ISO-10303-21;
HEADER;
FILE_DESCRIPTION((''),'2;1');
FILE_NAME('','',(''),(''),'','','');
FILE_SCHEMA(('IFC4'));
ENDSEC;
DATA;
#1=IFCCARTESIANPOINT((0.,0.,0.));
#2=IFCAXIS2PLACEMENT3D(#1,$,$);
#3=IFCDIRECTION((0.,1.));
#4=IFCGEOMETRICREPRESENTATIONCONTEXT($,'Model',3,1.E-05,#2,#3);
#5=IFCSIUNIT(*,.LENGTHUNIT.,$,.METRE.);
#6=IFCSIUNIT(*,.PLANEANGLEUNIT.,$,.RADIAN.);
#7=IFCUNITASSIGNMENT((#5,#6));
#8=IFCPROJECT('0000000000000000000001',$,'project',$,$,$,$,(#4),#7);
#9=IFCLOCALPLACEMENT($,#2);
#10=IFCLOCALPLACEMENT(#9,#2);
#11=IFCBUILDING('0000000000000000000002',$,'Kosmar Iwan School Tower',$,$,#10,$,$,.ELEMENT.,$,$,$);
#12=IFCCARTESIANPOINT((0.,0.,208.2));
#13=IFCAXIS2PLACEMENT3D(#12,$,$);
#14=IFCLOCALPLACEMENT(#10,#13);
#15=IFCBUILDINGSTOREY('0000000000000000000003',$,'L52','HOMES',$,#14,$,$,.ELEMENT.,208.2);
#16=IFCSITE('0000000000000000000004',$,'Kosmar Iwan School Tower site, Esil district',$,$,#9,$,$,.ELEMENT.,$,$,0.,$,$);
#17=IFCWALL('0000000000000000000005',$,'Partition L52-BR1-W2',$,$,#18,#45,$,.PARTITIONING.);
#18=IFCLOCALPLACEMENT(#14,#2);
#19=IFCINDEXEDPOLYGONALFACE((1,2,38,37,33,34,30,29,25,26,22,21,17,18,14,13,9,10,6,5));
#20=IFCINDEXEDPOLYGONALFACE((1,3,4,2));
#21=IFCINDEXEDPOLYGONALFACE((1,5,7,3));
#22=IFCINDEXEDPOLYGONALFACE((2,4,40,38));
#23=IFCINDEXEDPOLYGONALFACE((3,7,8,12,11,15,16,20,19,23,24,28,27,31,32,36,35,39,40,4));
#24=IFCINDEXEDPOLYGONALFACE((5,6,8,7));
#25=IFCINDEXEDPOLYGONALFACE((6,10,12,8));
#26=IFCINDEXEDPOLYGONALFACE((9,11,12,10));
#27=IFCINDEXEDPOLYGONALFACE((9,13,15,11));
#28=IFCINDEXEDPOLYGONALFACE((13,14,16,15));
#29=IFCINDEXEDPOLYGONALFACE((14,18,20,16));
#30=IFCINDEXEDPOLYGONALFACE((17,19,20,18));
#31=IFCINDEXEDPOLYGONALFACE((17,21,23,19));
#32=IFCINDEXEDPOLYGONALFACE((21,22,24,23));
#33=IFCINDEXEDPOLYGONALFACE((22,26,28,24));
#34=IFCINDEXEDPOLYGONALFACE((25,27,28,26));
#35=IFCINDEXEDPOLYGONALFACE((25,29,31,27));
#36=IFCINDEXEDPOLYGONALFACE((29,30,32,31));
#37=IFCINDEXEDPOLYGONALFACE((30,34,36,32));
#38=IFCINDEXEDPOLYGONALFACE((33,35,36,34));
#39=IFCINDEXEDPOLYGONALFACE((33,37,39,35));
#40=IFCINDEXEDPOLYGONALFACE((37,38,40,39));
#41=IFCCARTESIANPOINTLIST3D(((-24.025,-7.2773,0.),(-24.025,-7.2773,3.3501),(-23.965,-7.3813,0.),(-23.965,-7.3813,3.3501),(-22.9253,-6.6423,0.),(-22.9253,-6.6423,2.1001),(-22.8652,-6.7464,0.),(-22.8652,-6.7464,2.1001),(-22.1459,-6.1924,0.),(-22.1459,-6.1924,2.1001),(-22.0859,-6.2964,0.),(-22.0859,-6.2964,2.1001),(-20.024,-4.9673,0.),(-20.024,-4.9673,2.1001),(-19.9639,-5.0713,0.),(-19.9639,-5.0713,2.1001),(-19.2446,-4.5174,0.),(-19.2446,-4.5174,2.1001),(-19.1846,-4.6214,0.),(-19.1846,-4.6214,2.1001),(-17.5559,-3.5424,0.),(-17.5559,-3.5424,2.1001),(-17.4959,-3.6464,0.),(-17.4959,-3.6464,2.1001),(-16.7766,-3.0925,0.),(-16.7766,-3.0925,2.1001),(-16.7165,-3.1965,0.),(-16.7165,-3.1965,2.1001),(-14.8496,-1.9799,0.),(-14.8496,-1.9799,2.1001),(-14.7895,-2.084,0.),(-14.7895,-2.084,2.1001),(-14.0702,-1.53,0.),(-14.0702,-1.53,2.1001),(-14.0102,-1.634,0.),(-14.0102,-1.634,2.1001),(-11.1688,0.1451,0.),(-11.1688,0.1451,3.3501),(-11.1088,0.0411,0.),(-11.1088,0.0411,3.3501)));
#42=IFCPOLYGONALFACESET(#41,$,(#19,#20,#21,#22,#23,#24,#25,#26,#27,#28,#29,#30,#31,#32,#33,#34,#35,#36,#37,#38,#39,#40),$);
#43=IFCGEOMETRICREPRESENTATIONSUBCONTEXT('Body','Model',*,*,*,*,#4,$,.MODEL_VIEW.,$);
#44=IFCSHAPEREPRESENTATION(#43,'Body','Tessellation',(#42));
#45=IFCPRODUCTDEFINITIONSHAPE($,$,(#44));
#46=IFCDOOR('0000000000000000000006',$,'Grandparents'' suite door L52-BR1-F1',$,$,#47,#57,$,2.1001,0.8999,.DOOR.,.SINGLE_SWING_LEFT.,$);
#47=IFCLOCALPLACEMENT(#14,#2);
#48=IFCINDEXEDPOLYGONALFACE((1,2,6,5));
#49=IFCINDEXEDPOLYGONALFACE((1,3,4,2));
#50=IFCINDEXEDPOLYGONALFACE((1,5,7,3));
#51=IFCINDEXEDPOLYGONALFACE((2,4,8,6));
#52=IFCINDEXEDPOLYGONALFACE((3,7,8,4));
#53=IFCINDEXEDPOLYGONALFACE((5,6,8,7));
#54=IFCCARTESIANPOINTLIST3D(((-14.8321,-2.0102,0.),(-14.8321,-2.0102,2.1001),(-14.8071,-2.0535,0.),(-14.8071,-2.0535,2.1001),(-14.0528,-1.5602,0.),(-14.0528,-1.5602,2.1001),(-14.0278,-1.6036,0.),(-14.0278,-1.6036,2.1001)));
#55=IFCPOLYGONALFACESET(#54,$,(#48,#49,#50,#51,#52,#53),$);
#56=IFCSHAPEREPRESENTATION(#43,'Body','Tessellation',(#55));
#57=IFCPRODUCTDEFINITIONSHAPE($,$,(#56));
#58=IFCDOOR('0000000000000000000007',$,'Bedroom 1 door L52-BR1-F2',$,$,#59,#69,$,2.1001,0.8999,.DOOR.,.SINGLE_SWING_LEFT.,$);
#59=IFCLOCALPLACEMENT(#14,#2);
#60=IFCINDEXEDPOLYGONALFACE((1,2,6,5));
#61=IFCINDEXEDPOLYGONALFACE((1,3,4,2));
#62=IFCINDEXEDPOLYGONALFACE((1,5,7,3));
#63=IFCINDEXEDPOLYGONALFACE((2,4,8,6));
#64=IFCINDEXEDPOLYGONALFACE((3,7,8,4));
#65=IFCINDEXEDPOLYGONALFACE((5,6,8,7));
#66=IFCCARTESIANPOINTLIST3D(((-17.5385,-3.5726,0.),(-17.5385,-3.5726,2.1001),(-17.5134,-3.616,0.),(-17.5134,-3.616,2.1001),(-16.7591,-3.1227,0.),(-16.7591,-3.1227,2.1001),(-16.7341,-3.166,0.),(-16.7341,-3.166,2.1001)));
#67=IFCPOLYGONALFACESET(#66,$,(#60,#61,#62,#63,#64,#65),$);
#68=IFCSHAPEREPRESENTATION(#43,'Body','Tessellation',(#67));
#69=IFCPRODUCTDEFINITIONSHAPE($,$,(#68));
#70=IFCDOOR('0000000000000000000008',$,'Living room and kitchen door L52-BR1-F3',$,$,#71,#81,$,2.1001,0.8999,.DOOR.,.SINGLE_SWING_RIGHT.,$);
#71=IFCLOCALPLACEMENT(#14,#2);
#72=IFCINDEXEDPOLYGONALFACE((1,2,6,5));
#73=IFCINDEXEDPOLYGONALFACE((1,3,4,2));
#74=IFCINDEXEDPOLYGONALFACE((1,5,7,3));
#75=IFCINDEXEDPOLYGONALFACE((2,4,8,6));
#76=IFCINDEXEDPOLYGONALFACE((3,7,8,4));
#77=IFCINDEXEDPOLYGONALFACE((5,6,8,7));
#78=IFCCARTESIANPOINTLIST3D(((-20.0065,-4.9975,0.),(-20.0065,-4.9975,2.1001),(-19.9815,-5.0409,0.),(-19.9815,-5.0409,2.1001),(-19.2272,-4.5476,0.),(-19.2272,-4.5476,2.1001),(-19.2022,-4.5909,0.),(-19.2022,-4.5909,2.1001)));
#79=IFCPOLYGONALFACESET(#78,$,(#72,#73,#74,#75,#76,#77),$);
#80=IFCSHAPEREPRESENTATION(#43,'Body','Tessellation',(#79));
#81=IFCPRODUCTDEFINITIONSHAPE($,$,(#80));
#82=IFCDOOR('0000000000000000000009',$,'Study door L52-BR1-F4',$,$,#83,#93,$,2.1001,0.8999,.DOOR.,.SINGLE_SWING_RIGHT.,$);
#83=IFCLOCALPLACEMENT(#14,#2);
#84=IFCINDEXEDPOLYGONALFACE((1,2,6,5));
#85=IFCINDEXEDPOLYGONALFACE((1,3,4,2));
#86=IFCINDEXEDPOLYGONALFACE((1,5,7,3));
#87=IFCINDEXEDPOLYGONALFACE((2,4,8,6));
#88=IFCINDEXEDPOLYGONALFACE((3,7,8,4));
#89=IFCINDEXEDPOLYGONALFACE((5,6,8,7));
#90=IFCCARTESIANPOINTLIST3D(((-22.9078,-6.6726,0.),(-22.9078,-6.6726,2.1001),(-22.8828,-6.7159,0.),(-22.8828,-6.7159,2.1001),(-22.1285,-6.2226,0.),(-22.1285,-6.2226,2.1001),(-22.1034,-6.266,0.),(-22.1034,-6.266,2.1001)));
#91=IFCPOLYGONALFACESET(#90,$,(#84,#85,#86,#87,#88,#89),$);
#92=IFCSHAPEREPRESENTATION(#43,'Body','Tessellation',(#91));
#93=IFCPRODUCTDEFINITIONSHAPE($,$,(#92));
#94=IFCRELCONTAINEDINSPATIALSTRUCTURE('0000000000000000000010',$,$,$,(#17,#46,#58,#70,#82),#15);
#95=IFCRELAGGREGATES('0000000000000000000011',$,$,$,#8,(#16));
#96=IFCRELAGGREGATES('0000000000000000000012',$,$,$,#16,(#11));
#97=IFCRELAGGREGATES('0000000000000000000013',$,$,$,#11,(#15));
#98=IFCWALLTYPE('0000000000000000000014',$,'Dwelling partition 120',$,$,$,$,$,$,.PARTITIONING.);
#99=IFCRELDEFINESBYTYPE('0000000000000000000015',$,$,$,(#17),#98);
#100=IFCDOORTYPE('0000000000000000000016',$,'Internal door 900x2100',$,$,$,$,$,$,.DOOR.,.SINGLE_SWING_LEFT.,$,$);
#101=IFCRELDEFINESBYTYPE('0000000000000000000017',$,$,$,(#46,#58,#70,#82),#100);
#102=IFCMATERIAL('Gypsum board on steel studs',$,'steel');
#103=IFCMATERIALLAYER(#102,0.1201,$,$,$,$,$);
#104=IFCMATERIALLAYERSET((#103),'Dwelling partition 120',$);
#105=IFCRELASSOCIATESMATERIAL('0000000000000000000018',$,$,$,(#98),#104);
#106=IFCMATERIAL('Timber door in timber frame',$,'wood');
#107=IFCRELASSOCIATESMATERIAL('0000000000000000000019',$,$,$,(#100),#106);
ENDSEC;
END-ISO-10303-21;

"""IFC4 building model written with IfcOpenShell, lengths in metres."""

from ifc_helpers import new_model, si_unit, direction, frame, frame_2d, origin, place, context, subcontext, project, spatial, rectangle, extrude, material, layer, layer_set, type_object, element, fill, save


model = new_model("IFC4")

# Units and contexts
model_context = context("Model", 3, precision=1e-05, world=origin(), true_north=direction((0.0, 1.0)))
body_context = subcontext(model_context, "Body", "Model", "MODEL_VIEW")
ifc_project = project(units=[si_unit("LENGTHUNIT", "METRE"), si_unit("PLANEANGLEUNIT", "RADIAN")], contexts=[model_context])

# Site, building, storey
site_placement = place(None, origin())
site = spatial("IfcSite", under=ifc_project, at=site_placement, Name="Kosmar Iwan School Tower site, Esil district", CompositionType="ELEMENT", RefElevation=0.0)
building_placement = place(site_placement, origin())
building = spatial("IfcBuilding", under=site, at=building_placement, Name="Kosmar Iwan School Tower", CompositionType="ELEMENT")
storey_placement = place(building_placement, frame((0.0, 0.0, 208.2)))
storey = spatial("IfcBuildingStorey", under=building, at=storey_placement, Name="L52", Description="HOMES", CompositionType="ELEMENT", Elevation=208.2)

# Wall, openings, doors
ifc_material_1 = material(Name="Gypsum board on steel studs", Category="steel")
ifc_layer_1 = layer(ifc_material_1, 0.1201)
ifc_layer_set_1 = layer_set([ifc_layer_1], Name="Dwelling partition 120")
wall_type_1 = type_object("IfcWallType", Name="Dwelling partition 120", PredefinedType="PARTITIONING", material=ifc_layer_set_1)
wall_1_placement = place(storey_placement, frame((-11.1389, 0.093, 0.0), z_axis=(0.0, 0.0, 1.0), x_axis=(-0.86603, -0.499992, 0.0)))
wall_1 = element("IfcWall", 1, at=wall_1_placement, inside=storey, type_object=wall_type_1, Name="Partition L52-BR1-W2", PredefinedType="PARTITIONING", context=body_context, shape_type="SweptSolid", body=[
    extrude(rectangle(XDim=14.845, YDim=0.1201, at=frame_2d((7.4224, 0.0))), origin(), (0.0, 0.0, 1.0), 3.3501),
])
opening_1_placement = place(wall_1_placement, frame((3.3501, 0.0, 0.0)))
opening_1 = element("IfcOpeningElement", 2, at=opening_1_placement, cuts=wall_1, PredefinedType="OPENING", context=body_context, shape_type="SweptSolid", body=[
    extrude(rectangle(XDim=0.8999, YDim=2.1001, at=frame_2d((0.45, 1.05))), frame((0.0, 0.072, 0.0), z_axis=(0.0, -1.0, 0.0), x_axis=(1.0, 0.0, 0.0)), (0.0, 0.0, 1.0), 0.144),
])
opening_2_placement = place(wall_1_placement, frame((6.4751, 0.0, 0.0)))
opening_2 = element("IfcOpeningElement", 3, at=opening_2_placement, cuts=wall_1, PredefinedType="OPENING", context=body_context, shape_type="SweptSolid", body=[
    extrude(rectangle(XDim=0.8999, YDim=2.1001, at=frame_2d((0.45, 1.05))), frame((0.0, 0.072, 0.0), z_axis=(0.0, -1.0, 0.0), x_axis=(1.0, 0.0, 0.0)), (0.0, 0.0, 1.0), 0.144),
])
opening_3_placement = place(wall_1_placement, frame((9.325, 0.0, 0.0)))
opening_3 = element("IfcOpeningElement", 4, at=opening_3_placement, cuts=wall_1, PredefinedType="OPENING", context=body_context, shape_type="SweptSolid", body=[
    extrude(rectangle(XDim=0.8999, YDim=2.1001, at=frame_2d((0.45, 1.05))), frame((0.0, 0.072, 0.0), z_axis=(0.0, -1.0, 0.0), x_axis=(1.0, 0.0, 0.0)), (0.0, 0.0, 1.0), 0.144),
])
opening_4_placement = place(wall_1_placement, frame((12.675, 0.0, 0.0)))
opening_4 = element("IfcOpeningElement", 5, at=opening_4_placement, cuts=wall_1, PredefinedType="OPENING", context=body_context, shape_type="SweptSolid", body=[
    extrude(rectangle(XDim=0.8999, YDim=2.1001, at=frame_2d((0.45, 1.05))), frame((0.0, 0.072, 0.0), z_axis=(0.0, -1.0, 0.0), x_axis=(1.0, 0.0, 0.0)), (0.0, 0.0, 1.0), 0.144),
])
ifc_material_2 = material(Name="Timber door in timber frame", Category="wood")
door_type = type_object("IfcDoorType", Name="Internal door 900x2100", OperationType="SINGLE_SWING_LEFT", PredefinedType="DOOR", material=ifc_material_2)
door_1_placement = place(opening_1_placement, origin())
door_1 = element("IfcDoor", 6, at=door_1_placement, inside=storey, type_object=door_type, Name="Grandparents' suite door L52-BR1-F1", OperationType="SINGLE_SWING_LEFT", OverallHeight=2.1001, OverallWidth=0.8999, PredefinedType="DOOR", context=body_context, shape_type="SweptSolid", body=[
    extrude(rectangle(XDim=0.8999, YDim=2.1001, at=frame_2d((0.45, 1.05))), frame((0.0, 0.0249, 0.0), z_axis=(0.0, -1.0, 0.0), x_axis=(1.0, 0.0, 0.0)), (0.0, 0.0, 1.0), 0.05),
])
fill(opening_1, door_1)
door_2_placement = place(opening_2_placement, origin())
door_2 = element("IfcDoor", 7, at=door_2_placement, inside=storey, type_object=door_type, Name="Bedroom 1 door L52-BR1-F2", OperationType="SINGLE_SWING_LEFT", OverallHeight=2.1001, OverallWidth=0.8999, PredefinedType="DOOR", context=body_context, shape_type="SweptSolid", body=[
    extrude(rectangle(XDim=0.8999, YDim=2.1001, at=frame_2d((0.45, 1.05))), frame((0.0, 0.0249, 0.0), z_axis=(0.0, -1.0, 0.0), x_axis=(1.0, 0.0, 0.0)), (0.0, 0.0, 1.0), 0.05),
])
fill(opening_2, door_2)
door_3_placement = place(opening_3_placement, origin())
door_3 = element("IfcDoor", 8, at=door_3_placement, inside=storey, type_object=door_type, Name="Living room and kitchen door L52-BR1-F3", OperationType="SINGLE_SWING_RIGHT", OverallHeight=2.1001, OverallWidth=0.8999, PredefinedType="DOOR", context=body_context, shape_type="SweptSolid", body=[
    extrude(rectangle(XDim=0.8999, YDim=2.1001, at=frame_2d((0.45, 1.05))), frame((0.0, 0.0249, 0.0), z_axis=(0.0, -1.0, 0.0), x_axis=(1.0, 0.0, 0.0)), (0.0, 0.0, 1.0), 0.05),
])
fill(opening_3, door_3)
door_4_placement = place(opening_4_placement, origin())
door_4 = element("IfcDoor", 9, at=door_4_placement, inside=storey, type_object=door_type, Name="Study door L52-BR1-F4", OperationType="SINGLE_SWING_RIGHT", OverallHeight=2.1001, OverallWidth=0.8999, PredefinedType="DOOR", context=body_context, shape_type="SweptSolid", body=[
    extrude(rectangle(XDim=0.8999, YDim=2.1001, at=frame_2d((0.45, 1.05))), frame((0.0, 0.0249, 0.0), z_axis=(0.0, -1.0, 0.0), x_axis=(1.0, 0.0, 0.0)), (0.0, 0.0, 1.0), 0.05),
])
fill(opening_4, door_4)

save(model, "model.ifc")
